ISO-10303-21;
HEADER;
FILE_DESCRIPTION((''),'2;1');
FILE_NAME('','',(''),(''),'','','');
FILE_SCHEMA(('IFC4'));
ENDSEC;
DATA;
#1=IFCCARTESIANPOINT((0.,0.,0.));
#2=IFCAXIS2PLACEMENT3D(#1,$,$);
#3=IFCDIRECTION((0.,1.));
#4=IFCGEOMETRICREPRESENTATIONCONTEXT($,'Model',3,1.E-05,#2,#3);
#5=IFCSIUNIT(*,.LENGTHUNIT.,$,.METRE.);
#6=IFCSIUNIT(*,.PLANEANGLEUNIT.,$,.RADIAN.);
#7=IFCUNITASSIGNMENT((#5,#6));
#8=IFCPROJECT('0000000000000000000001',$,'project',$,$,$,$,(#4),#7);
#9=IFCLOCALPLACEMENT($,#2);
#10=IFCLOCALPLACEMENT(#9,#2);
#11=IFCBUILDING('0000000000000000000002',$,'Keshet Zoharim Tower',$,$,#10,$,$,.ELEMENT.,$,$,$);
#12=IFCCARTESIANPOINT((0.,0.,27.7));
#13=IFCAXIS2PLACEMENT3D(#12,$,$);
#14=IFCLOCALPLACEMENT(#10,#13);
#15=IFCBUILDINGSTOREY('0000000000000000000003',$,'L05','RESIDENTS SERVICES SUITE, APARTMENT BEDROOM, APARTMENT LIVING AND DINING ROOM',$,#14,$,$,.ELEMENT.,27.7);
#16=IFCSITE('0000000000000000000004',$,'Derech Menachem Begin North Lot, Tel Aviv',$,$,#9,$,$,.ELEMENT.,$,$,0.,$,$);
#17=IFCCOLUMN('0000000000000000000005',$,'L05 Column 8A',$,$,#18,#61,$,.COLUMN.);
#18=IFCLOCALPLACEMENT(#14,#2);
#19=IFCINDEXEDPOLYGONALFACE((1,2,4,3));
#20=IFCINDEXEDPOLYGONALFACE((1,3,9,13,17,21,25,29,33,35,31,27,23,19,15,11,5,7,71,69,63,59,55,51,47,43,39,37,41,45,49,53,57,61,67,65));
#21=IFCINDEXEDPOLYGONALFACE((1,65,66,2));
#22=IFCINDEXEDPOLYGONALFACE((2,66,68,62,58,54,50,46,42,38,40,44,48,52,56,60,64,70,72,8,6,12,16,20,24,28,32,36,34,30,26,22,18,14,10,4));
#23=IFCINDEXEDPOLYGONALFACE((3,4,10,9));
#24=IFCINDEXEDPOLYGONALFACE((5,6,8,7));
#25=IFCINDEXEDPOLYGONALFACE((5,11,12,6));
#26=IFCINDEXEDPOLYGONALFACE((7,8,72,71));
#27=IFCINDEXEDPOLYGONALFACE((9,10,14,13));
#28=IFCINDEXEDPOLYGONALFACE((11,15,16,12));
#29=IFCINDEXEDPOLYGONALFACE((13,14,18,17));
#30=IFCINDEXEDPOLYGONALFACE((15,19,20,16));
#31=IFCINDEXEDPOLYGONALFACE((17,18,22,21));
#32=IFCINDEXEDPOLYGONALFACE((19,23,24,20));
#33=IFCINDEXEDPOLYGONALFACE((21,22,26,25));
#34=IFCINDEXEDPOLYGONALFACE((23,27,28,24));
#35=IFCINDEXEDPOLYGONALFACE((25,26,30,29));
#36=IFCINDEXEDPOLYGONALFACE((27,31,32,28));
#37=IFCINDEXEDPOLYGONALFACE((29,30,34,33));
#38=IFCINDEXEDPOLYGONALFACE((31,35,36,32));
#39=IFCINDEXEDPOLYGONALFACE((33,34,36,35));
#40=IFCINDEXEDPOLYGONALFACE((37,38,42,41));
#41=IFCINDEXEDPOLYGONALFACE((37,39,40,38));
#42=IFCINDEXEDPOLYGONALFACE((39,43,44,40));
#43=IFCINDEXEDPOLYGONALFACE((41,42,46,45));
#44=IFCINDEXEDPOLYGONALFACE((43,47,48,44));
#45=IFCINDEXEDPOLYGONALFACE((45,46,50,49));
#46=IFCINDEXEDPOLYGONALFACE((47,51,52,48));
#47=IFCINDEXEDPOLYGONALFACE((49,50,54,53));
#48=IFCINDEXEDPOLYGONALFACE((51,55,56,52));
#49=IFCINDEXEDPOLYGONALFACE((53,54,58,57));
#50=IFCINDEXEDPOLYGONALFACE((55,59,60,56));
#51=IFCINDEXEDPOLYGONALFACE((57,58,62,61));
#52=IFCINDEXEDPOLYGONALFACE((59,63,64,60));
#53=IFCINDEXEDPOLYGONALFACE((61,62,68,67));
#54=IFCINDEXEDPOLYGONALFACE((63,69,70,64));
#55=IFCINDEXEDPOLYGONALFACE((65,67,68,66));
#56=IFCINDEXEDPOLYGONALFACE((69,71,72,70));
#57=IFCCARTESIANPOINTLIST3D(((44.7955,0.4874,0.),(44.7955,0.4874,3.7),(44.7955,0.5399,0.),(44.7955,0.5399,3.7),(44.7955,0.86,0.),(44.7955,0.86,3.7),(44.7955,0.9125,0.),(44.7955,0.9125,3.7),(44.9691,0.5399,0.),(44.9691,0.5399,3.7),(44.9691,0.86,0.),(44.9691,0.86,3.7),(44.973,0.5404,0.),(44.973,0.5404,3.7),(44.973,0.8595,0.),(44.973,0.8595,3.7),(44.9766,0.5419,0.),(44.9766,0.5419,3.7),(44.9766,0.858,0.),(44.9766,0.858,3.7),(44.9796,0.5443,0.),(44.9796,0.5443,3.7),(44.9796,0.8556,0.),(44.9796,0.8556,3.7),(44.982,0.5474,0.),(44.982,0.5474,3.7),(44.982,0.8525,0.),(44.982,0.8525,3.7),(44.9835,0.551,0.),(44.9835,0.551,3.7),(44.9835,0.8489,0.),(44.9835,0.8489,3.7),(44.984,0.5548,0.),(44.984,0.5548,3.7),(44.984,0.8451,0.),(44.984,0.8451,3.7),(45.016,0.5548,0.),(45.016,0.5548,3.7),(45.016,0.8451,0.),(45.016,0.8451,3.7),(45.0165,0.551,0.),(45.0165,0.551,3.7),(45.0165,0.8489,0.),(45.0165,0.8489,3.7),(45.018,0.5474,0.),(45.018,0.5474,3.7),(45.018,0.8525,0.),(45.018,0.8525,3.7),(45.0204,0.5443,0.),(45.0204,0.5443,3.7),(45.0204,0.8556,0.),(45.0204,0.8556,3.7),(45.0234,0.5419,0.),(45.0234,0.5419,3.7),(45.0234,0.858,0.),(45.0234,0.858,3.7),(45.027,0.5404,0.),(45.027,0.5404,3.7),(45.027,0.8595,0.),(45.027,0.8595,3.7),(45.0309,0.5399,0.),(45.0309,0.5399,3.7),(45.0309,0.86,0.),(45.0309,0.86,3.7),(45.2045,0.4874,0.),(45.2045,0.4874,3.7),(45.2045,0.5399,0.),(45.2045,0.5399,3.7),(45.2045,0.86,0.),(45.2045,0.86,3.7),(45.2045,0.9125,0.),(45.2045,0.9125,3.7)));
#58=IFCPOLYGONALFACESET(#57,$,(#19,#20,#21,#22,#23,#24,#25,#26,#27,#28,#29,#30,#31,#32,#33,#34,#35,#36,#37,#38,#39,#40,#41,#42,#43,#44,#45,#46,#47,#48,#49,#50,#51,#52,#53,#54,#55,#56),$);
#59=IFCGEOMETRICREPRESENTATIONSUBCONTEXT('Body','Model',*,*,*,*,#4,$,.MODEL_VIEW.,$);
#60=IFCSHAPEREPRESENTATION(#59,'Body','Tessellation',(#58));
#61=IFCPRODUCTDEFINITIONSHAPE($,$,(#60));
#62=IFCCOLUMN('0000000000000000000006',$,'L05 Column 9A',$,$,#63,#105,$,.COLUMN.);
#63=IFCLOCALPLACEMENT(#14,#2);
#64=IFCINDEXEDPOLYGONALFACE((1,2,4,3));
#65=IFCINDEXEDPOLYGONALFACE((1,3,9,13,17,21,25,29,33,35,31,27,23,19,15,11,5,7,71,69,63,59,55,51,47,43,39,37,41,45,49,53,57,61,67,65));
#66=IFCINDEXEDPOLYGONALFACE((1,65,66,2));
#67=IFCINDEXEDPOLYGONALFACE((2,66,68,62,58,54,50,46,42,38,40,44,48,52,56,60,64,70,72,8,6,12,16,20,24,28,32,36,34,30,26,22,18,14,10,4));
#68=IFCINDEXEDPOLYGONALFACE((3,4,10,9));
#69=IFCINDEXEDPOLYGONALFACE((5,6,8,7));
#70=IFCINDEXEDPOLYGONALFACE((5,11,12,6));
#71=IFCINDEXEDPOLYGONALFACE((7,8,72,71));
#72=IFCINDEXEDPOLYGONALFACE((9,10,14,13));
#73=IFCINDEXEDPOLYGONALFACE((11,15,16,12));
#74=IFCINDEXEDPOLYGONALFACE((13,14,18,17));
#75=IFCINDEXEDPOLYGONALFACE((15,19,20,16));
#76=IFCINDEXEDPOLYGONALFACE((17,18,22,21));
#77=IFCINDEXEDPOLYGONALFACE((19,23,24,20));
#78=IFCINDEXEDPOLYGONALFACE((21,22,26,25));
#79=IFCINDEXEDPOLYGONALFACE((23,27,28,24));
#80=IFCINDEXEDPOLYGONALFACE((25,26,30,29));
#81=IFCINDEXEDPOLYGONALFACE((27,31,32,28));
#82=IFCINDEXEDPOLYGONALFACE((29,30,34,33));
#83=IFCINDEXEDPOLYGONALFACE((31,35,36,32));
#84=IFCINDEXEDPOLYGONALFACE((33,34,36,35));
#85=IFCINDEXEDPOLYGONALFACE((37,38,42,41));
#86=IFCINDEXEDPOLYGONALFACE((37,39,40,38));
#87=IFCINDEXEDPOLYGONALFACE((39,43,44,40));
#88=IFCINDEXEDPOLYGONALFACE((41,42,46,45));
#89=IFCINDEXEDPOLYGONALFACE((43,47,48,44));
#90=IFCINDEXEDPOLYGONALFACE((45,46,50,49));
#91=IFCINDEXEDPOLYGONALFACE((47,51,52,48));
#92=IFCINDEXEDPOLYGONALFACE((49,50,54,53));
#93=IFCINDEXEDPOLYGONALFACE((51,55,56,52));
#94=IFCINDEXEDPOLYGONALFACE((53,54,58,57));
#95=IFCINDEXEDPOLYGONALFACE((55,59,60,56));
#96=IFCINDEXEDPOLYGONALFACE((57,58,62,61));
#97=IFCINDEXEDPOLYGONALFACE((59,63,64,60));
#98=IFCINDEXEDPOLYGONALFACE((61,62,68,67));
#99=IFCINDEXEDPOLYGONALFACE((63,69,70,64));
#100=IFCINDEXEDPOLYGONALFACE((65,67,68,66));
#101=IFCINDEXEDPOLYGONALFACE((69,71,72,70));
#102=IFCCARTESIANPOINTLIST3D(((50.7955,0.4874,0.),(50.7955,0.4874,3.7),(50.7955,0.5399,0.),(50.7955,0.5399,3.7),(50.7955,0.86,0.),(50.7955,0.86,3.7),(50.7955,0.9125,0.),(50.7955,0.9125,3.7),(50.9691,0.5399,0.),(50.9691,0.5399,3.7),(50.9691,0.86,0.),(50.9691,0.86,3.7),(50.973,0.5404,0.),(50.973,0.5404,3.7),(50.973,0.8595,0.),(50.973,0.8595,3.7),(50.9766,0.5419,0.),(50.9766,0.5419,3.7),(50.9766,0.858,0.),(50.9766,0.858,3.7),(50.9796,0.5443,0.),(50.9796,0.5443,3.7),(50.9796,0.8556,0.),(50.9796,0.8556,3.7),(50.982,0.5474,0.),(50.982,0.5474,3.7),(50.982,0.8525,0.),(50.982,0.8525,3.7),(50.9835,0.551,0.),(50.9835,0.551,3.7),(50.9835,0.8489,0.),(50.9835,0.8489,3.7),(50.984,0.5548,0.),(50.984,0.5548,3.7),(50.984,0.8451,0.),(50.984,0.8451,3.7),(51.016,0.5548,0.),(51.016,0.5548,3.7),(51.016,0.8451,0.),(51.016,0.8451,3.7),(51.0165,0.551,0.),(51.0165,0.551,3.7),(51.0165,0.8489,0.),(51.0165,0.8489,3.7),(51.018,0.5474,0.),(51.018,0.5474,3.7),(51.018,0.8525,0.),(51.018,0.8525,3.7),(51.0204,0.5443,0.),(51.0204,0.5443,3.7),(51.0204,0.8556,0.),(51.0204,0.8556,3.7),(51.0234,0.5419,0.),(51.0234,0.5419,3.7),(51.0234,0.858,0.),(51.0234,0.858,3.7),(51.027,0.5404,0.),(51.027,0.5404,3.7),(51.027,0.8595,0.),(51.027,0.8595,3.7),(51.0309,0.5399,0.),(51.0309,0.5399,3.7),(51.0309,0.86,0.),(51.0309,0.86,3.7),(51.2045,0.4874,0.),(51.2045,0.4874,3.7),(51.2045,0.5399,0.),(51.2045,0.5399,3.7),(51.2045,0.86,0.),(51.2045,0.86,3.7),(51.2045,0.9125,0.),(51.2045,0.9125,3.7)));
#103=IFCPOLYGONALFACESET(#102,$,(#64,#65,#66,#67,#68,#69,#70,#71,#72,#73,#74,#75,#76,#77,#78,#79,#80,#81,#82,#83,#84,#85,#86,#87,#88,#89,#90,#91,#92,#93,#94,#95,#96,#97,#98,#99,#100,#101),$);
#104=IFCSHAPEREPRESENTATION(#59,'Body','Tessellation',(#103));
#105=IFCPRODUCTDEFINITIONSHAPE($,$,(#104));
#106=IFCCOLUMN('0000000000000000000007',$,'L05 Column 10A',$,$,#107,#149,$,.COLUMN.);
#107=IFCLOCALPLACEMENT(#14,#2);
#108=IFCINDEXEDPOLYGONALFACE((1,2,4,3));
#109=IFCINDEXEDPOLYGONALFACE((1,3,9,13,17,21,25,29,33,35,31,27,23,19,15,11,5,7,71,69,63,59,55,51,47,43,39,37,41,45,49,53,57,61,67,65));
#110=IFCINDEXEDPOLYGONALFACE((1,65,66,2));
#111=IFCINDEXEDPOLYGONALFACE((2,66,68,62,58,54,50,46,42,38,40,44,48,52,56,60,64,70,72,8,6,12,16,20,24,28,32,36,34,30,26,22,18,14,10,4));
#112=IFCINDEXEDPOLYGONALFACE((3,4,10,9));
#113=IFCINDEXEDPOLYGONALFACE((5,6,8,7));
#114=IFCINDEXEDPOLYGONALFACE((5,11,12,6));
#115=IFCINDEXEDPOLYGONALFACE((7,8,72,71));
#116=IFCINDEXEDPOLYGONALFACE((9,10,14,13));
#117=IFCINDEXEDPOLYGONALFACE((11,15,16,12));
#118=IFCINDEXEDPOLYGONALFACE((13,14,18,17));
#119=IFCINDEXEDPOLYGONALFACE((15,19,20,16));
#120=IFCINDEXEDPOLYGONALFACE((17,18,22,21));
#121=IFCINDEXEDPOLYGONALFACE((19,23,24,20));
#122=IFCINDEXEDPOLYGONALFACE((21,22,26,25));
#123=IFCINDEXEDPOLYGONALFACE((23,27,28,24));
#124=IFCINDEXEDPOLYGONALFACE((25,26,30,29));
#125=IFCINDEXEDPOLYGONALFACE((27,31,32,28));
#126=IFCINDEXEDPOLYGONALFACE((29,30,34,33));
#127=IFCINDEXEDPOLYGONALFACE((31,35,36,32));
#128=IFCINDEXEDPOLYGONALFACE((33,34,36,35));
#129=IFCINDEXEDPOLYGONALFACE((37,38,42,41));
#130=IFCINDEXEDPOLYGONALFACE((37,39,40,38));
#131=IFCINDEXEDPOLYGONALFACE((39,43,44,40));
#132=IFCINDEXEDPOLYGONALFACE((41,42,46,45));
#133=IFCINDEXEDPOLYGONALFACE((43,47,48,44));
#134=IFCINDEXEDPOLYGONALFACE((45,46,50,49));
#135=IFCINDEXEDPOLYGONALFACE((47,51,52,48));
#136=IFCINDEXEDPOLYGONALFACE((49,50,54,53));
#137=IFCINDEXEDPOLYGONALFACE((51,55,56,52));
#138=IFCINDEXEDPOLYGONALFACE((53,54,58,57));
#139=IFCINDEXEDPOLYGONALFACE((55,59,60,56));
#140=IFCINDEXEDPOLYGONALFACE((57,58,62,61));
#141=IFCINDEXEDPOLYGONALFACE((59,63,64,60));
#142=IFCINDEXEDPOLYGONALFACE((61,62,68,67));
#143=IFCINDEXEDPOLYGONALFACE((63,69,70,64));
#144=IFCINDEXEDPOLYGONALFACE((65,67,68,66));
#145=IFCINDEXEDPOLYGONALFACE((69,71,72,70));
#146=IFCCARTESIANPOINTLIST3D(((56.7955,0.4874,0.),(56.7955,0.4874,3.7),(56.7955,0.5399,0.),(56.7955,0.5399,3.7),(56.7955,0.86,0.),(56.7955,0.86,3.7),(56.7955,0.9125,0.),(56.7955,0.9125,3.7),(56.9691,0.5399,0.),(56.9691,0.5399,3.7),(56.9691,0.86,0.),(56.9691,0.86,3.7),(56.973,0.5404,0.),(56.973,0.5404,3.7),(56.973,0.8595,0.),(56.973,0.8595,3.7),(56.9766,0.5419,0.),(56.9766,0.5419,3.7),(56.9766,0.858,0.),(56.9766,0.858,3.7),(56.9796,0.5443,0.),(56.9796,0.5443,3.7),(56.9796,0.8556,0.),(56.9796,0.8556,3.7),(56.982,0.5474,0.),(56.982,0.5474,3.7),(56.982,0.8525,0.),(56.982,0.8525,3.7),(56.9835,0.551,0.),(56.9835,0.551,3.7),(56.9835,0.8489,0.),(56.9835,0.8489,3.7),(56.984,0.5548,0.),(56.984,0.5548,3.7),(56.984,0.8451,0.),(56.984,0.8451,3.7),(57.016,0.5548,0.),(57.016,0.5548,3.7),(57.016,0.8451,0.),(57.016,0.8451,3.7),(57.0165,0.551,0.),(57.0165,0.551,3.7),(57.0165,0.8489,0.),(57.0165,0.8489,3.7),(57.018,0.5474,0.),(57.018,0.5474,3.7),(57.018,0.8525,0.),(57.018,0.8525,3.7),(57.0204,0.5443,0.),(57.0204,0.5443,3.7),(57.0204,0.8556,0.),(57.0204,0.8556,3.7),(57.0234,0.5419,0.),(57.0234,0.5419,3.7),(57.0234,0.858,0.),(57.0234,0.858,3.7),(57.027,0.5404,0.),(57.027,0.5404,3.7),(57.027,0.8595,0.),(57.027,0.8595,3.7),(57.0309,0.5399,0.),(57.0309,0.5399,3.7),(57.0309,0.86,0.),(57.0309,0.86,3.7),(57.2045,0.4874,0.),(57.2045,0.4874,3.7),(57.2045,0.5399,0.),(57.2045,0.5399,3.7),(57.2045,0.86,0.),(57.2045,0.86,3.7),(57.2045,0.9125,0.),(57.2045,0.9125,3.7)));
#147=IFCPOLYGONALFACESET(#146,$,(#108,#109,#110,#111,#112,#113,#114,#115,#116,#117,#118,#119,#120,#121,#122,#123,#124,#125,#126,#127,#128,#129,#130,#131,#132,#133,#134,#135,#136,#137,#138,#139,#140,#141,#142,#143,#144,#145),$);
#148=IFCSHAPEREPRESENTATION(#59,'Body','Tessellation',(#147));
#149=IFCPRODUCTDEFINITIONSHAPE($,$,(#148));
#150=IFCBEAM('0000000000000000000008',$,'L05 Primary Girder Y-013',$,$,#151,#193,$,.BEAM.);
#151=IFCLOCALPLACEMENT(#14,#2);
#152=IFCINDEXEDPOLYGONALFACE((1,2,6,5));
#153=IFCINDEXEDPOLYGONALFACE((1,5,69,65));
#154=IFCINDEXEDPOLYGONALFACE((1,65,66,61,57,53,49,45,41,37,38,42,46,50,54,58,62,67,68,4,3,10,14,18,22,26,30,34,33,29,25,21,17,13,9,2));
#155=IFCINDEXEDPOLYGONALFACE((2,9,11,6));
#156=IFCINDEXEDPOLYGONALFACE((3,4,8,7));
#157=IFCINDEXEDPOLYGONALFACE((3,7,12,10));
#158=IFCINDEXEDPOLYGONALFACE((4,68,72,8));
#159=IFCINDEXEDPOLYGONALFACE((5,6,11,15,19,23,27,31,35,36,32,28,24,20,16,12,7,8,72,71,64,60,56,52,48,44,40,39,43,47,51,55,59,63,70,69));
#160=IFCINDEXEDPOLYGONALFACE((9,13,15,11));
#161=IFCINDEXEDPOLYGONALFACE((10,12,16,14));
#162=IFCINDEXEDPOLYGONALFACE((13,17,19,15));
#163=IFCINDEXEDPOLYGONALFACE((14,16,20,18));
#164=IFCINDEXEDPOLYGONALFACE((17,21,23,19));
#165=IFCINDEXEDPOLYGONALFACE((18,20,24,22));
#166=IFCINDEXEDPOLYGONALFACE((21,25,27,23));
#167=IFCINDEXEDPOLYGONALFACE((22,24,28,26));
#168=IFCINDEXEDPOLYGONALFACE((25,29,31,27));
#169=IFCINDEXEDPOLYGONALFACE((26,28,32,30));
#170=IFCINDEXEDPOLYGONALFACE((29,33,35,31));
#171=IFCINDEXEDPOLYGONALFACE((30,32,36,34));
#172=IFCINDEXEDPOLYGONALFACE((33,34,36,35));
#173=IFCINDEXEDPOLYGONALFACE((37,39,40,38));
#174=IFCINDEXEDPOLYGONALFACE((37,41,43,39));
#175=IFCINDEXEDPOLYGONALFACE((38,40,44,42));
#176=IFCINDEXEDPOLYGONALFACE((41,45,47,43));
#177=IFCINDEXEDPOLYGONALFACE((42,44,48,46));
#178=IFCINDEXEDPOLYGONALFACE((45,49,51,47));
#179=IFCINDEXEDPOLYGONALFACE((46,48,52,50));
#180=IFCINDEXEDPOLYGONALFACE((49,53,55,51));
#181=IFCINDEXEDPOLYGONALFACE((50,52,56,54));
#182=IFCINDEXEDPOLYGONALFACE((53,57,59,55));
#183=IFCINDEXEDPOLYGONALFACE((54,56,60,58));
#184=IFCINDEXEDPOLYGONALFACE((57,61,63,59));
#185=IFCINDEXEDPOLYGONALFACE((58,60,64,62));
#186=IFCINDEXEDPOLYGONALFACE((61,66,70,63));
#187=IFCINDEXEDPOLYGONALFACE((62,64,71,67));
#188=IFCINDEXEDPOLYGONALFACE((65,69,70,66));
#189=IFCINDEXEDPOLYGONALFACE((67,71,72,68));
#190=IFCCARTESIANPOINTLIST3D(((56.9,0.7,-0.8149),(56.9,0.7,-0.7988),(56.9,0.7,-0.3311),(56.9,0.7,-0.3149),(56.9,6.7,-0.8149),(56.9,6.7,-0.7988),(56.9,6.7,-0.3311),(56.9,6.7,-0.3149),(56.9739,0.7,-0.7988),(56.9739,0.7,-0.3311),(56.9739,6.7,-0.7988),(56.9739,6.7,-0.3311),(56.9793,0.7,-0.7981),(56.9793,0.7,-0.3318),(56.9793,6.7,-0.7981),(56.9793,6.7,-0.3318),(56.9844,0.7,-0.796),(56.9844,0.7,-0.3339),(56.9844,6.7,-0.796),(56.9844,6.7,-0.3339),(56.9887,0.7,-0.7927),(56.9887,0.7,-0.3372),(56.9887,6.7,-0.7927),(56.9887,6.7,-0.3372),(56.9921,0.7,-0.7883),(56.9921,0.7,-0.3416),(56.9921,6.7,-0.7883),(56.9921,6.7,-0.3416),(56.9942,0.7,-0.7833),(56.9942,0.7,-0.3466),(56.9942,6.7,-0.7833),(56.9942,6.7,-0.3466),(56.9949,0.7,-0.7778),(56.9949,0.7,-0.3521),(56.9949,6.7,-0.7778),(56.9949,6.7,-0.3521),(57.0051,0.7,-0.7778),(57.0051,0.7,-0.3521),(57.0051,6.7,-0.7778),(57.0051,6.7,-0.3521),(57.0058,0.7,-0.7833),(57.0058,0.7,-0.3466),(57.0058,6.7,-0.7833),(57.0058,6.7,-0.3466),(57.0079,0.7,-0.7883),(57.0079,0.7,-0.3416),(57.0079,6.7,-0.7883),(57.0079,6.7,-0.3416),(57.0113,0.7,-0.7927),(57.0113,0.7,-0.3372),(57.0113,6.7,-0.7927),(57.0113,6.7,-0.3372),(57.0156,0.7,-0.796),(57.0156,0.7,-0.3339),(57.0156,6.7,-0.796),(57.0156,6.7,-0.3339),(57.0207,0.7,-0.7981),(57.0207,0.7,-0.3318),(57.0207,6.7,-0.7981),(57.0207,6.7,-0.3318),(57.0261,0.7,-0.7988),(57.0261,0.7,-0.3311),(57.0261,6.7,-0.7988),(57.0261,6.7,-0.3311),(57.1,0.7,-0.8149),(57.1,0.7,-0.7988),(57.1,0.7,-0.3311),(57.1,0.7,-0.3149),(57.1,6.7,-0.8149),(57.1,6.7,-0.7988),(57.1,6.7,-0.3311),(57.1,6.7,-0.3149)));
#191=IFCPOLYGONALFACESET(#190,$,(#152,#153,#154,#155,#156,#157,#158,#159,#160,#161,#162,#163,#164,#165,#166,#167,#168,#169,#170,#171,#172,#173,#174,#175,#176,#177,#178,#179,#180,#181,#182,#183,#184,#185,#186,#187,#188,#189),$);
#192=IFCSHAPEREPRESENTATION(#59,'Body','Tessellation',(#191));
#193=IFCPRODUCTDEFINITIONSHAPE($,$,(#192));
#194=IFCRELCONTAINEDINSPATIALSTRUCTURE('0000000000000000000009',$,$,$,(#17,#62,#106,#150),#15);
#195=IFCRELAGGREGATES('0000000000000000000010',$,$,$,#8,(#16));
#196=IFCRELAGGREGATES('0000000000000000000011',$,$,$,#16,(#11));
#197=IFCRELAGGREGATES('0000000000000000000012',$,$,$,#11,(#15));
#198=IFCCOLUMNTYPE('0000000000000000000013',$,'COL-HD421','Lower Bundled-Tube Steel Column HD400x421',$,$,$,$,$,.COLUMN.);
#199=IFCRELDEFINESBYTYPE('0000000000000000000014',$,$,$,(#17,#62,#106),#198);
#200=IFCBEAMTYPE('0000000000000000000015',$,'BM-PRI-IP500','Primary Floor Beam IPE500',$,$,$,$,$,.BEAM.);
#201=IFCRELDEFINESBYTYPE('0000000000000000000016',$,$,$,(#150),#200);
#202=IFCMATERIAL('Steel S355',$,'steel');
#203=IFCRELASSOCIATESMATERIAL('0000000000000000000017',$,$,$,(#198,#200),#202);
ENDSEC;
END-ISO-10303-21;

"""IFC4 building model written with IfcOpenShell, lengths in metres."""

from ifc_helpers import new_model, si_unit, direction, frame, origin, origin_2d, place, context, subcontext, project, spatial, i_section, extrude, material, material_profile, profile_set, type_object, element, save


model = new_model("IFC4")

# Units and contexts
model_context = context("Model", 3, precision=1e-05, world=origin(), true_north=direction((0.0, 1.0)))
body_context = subcontext(model_context, "Body", "Model", "MODEL_VIEW")
ifc_project = project(units=[si_unit("LENGTHUNIT", "METRE"), si_unit("PLANEANGLEUNIT", "RADIAN")], contexts=[model_context])

# Site, building, storey
site_placement = place(None, origin())
site = spatial("IfcSite", under=ifc_project, at=site_placement, Name="Derech Menachem Begin North Lot, Tel Aviv", CompositionType="ELEMENT", RefElevation=0.0)
building_placement = place(site_placement, origin())
building = spatial("IfcBuilding", under=site, at=building_placement, Name="Keshet Zoharim Tower", CompositionType="ELEMENT")
storey_placement = place(building_placement, frame((0.0, 0.0, 27.7)))
storey = spatial("IfcBuildingStorey", under=building, at=storey_placement, Name="L05", Description="RESIDENTS SERVICES SUITE, APARTMENT BEDROOM, APARTMENT LIVING AND DINING ROOM", CompositionType="ELEMENT", Elevation=27.7)

# Columns
ifc_material_1 = material(Name="Steel S355", Category="steel")
ifc_material_profile_1 = material_profile(ifc_material_1, i_section(OverallWidth=0.4089, OverallDepth=0.425, WebThickness=0.032, FlangeThickness=0.0525, FilletRadius=0.0149, at=origin_2d()), Name="HD400x421")
ifc_profile_set_1 = profile_set([ifc_material_profile_1], Name="Steel S355")
column_type = type_object("IfcColumnType", Name="COL-HD421", Description="Lower Bundled-Tube Steel Column HD400x421", PredefinedType="COLUMN", material=ifc_profile_set_1)
for number, where, z_axis, x_axis, name in (
    (1, (45.0, 0.7, 0.0), (0.0, 0.0, 1.0), (1.0, 0.0, 0.0), "L05 Column 8A"),
    (2, (51.0, 0.7, 0.0), (0.0, 0.0, 1.0), (1.0, 0.0, 0.0), "L05 Column 9A"),
    (3, (57.0, 0.7, 0.0), (0.0, 0.0, 1.0), (1.0, 0.0, 0.0), "L05 Column 10A"),
):
    element("IfcColumn", number, at=place(storey_placement, frame(where, z_axis=z_axis, x_axis=x_axis)), inside=storey, type_object=column_type, Name=name, PredefinedType="COLUMN", context=body_context, shape_type="SweptSolid", body=[
        extrude(i_section(OverallWidth=0.4089, OverallDepth=0.425, WebThickness=0.032, FlangeThickness=0.0525, FilletRadius=0.0149, at=origin_2d()), origin(), (0.0, 0.0, 1.0), 3.7),
    ])

# Beam
ifc_material_profile_2 = material_profile(ifc_material_1, i_section(OverallWidth=0.2, OverallDepth=0.5, WebThickness=0.0103, FlangeThickness=0.0161, FilletRadius=0.021, at=origin_2d()), Name="IPE500")
ifc_profile_set_2 = profile_set([ifc_material_profile_2], Name="Steel S355")
beam_type_1 = type_object("IfcBeamType", Name="BM-PRI-IP500", Description="Primary Floor Beam IPE500", PredefinedType="BEAM", material=ifc_profile_set_2)
beam_placement = place(storey_placement, frame((57.0, 0.7, -0.5649), z_axis=(0.0, 1.0, 0.0), x_axis=(-1.0, 0.0, 0.0)))
element("IfcBeam", 4, at=beam_placement, inside=storey, type_object=beam_type_1, Name="L05 Primary Girder Y-013", PredefinedType="BEAM", context=body_context, shape_type="SweptSolid", body=[
    extrude(i_section(OverallWidth=0.2, OverallDepth=0.5, WebThickness=0.0103, FlangeThickness=0.0161, FilletRadius=0.021, at=origin_2d()), origin(), (0.0, 0.0, 1.0), 6.0),
])

save(model, "model.ifc")
